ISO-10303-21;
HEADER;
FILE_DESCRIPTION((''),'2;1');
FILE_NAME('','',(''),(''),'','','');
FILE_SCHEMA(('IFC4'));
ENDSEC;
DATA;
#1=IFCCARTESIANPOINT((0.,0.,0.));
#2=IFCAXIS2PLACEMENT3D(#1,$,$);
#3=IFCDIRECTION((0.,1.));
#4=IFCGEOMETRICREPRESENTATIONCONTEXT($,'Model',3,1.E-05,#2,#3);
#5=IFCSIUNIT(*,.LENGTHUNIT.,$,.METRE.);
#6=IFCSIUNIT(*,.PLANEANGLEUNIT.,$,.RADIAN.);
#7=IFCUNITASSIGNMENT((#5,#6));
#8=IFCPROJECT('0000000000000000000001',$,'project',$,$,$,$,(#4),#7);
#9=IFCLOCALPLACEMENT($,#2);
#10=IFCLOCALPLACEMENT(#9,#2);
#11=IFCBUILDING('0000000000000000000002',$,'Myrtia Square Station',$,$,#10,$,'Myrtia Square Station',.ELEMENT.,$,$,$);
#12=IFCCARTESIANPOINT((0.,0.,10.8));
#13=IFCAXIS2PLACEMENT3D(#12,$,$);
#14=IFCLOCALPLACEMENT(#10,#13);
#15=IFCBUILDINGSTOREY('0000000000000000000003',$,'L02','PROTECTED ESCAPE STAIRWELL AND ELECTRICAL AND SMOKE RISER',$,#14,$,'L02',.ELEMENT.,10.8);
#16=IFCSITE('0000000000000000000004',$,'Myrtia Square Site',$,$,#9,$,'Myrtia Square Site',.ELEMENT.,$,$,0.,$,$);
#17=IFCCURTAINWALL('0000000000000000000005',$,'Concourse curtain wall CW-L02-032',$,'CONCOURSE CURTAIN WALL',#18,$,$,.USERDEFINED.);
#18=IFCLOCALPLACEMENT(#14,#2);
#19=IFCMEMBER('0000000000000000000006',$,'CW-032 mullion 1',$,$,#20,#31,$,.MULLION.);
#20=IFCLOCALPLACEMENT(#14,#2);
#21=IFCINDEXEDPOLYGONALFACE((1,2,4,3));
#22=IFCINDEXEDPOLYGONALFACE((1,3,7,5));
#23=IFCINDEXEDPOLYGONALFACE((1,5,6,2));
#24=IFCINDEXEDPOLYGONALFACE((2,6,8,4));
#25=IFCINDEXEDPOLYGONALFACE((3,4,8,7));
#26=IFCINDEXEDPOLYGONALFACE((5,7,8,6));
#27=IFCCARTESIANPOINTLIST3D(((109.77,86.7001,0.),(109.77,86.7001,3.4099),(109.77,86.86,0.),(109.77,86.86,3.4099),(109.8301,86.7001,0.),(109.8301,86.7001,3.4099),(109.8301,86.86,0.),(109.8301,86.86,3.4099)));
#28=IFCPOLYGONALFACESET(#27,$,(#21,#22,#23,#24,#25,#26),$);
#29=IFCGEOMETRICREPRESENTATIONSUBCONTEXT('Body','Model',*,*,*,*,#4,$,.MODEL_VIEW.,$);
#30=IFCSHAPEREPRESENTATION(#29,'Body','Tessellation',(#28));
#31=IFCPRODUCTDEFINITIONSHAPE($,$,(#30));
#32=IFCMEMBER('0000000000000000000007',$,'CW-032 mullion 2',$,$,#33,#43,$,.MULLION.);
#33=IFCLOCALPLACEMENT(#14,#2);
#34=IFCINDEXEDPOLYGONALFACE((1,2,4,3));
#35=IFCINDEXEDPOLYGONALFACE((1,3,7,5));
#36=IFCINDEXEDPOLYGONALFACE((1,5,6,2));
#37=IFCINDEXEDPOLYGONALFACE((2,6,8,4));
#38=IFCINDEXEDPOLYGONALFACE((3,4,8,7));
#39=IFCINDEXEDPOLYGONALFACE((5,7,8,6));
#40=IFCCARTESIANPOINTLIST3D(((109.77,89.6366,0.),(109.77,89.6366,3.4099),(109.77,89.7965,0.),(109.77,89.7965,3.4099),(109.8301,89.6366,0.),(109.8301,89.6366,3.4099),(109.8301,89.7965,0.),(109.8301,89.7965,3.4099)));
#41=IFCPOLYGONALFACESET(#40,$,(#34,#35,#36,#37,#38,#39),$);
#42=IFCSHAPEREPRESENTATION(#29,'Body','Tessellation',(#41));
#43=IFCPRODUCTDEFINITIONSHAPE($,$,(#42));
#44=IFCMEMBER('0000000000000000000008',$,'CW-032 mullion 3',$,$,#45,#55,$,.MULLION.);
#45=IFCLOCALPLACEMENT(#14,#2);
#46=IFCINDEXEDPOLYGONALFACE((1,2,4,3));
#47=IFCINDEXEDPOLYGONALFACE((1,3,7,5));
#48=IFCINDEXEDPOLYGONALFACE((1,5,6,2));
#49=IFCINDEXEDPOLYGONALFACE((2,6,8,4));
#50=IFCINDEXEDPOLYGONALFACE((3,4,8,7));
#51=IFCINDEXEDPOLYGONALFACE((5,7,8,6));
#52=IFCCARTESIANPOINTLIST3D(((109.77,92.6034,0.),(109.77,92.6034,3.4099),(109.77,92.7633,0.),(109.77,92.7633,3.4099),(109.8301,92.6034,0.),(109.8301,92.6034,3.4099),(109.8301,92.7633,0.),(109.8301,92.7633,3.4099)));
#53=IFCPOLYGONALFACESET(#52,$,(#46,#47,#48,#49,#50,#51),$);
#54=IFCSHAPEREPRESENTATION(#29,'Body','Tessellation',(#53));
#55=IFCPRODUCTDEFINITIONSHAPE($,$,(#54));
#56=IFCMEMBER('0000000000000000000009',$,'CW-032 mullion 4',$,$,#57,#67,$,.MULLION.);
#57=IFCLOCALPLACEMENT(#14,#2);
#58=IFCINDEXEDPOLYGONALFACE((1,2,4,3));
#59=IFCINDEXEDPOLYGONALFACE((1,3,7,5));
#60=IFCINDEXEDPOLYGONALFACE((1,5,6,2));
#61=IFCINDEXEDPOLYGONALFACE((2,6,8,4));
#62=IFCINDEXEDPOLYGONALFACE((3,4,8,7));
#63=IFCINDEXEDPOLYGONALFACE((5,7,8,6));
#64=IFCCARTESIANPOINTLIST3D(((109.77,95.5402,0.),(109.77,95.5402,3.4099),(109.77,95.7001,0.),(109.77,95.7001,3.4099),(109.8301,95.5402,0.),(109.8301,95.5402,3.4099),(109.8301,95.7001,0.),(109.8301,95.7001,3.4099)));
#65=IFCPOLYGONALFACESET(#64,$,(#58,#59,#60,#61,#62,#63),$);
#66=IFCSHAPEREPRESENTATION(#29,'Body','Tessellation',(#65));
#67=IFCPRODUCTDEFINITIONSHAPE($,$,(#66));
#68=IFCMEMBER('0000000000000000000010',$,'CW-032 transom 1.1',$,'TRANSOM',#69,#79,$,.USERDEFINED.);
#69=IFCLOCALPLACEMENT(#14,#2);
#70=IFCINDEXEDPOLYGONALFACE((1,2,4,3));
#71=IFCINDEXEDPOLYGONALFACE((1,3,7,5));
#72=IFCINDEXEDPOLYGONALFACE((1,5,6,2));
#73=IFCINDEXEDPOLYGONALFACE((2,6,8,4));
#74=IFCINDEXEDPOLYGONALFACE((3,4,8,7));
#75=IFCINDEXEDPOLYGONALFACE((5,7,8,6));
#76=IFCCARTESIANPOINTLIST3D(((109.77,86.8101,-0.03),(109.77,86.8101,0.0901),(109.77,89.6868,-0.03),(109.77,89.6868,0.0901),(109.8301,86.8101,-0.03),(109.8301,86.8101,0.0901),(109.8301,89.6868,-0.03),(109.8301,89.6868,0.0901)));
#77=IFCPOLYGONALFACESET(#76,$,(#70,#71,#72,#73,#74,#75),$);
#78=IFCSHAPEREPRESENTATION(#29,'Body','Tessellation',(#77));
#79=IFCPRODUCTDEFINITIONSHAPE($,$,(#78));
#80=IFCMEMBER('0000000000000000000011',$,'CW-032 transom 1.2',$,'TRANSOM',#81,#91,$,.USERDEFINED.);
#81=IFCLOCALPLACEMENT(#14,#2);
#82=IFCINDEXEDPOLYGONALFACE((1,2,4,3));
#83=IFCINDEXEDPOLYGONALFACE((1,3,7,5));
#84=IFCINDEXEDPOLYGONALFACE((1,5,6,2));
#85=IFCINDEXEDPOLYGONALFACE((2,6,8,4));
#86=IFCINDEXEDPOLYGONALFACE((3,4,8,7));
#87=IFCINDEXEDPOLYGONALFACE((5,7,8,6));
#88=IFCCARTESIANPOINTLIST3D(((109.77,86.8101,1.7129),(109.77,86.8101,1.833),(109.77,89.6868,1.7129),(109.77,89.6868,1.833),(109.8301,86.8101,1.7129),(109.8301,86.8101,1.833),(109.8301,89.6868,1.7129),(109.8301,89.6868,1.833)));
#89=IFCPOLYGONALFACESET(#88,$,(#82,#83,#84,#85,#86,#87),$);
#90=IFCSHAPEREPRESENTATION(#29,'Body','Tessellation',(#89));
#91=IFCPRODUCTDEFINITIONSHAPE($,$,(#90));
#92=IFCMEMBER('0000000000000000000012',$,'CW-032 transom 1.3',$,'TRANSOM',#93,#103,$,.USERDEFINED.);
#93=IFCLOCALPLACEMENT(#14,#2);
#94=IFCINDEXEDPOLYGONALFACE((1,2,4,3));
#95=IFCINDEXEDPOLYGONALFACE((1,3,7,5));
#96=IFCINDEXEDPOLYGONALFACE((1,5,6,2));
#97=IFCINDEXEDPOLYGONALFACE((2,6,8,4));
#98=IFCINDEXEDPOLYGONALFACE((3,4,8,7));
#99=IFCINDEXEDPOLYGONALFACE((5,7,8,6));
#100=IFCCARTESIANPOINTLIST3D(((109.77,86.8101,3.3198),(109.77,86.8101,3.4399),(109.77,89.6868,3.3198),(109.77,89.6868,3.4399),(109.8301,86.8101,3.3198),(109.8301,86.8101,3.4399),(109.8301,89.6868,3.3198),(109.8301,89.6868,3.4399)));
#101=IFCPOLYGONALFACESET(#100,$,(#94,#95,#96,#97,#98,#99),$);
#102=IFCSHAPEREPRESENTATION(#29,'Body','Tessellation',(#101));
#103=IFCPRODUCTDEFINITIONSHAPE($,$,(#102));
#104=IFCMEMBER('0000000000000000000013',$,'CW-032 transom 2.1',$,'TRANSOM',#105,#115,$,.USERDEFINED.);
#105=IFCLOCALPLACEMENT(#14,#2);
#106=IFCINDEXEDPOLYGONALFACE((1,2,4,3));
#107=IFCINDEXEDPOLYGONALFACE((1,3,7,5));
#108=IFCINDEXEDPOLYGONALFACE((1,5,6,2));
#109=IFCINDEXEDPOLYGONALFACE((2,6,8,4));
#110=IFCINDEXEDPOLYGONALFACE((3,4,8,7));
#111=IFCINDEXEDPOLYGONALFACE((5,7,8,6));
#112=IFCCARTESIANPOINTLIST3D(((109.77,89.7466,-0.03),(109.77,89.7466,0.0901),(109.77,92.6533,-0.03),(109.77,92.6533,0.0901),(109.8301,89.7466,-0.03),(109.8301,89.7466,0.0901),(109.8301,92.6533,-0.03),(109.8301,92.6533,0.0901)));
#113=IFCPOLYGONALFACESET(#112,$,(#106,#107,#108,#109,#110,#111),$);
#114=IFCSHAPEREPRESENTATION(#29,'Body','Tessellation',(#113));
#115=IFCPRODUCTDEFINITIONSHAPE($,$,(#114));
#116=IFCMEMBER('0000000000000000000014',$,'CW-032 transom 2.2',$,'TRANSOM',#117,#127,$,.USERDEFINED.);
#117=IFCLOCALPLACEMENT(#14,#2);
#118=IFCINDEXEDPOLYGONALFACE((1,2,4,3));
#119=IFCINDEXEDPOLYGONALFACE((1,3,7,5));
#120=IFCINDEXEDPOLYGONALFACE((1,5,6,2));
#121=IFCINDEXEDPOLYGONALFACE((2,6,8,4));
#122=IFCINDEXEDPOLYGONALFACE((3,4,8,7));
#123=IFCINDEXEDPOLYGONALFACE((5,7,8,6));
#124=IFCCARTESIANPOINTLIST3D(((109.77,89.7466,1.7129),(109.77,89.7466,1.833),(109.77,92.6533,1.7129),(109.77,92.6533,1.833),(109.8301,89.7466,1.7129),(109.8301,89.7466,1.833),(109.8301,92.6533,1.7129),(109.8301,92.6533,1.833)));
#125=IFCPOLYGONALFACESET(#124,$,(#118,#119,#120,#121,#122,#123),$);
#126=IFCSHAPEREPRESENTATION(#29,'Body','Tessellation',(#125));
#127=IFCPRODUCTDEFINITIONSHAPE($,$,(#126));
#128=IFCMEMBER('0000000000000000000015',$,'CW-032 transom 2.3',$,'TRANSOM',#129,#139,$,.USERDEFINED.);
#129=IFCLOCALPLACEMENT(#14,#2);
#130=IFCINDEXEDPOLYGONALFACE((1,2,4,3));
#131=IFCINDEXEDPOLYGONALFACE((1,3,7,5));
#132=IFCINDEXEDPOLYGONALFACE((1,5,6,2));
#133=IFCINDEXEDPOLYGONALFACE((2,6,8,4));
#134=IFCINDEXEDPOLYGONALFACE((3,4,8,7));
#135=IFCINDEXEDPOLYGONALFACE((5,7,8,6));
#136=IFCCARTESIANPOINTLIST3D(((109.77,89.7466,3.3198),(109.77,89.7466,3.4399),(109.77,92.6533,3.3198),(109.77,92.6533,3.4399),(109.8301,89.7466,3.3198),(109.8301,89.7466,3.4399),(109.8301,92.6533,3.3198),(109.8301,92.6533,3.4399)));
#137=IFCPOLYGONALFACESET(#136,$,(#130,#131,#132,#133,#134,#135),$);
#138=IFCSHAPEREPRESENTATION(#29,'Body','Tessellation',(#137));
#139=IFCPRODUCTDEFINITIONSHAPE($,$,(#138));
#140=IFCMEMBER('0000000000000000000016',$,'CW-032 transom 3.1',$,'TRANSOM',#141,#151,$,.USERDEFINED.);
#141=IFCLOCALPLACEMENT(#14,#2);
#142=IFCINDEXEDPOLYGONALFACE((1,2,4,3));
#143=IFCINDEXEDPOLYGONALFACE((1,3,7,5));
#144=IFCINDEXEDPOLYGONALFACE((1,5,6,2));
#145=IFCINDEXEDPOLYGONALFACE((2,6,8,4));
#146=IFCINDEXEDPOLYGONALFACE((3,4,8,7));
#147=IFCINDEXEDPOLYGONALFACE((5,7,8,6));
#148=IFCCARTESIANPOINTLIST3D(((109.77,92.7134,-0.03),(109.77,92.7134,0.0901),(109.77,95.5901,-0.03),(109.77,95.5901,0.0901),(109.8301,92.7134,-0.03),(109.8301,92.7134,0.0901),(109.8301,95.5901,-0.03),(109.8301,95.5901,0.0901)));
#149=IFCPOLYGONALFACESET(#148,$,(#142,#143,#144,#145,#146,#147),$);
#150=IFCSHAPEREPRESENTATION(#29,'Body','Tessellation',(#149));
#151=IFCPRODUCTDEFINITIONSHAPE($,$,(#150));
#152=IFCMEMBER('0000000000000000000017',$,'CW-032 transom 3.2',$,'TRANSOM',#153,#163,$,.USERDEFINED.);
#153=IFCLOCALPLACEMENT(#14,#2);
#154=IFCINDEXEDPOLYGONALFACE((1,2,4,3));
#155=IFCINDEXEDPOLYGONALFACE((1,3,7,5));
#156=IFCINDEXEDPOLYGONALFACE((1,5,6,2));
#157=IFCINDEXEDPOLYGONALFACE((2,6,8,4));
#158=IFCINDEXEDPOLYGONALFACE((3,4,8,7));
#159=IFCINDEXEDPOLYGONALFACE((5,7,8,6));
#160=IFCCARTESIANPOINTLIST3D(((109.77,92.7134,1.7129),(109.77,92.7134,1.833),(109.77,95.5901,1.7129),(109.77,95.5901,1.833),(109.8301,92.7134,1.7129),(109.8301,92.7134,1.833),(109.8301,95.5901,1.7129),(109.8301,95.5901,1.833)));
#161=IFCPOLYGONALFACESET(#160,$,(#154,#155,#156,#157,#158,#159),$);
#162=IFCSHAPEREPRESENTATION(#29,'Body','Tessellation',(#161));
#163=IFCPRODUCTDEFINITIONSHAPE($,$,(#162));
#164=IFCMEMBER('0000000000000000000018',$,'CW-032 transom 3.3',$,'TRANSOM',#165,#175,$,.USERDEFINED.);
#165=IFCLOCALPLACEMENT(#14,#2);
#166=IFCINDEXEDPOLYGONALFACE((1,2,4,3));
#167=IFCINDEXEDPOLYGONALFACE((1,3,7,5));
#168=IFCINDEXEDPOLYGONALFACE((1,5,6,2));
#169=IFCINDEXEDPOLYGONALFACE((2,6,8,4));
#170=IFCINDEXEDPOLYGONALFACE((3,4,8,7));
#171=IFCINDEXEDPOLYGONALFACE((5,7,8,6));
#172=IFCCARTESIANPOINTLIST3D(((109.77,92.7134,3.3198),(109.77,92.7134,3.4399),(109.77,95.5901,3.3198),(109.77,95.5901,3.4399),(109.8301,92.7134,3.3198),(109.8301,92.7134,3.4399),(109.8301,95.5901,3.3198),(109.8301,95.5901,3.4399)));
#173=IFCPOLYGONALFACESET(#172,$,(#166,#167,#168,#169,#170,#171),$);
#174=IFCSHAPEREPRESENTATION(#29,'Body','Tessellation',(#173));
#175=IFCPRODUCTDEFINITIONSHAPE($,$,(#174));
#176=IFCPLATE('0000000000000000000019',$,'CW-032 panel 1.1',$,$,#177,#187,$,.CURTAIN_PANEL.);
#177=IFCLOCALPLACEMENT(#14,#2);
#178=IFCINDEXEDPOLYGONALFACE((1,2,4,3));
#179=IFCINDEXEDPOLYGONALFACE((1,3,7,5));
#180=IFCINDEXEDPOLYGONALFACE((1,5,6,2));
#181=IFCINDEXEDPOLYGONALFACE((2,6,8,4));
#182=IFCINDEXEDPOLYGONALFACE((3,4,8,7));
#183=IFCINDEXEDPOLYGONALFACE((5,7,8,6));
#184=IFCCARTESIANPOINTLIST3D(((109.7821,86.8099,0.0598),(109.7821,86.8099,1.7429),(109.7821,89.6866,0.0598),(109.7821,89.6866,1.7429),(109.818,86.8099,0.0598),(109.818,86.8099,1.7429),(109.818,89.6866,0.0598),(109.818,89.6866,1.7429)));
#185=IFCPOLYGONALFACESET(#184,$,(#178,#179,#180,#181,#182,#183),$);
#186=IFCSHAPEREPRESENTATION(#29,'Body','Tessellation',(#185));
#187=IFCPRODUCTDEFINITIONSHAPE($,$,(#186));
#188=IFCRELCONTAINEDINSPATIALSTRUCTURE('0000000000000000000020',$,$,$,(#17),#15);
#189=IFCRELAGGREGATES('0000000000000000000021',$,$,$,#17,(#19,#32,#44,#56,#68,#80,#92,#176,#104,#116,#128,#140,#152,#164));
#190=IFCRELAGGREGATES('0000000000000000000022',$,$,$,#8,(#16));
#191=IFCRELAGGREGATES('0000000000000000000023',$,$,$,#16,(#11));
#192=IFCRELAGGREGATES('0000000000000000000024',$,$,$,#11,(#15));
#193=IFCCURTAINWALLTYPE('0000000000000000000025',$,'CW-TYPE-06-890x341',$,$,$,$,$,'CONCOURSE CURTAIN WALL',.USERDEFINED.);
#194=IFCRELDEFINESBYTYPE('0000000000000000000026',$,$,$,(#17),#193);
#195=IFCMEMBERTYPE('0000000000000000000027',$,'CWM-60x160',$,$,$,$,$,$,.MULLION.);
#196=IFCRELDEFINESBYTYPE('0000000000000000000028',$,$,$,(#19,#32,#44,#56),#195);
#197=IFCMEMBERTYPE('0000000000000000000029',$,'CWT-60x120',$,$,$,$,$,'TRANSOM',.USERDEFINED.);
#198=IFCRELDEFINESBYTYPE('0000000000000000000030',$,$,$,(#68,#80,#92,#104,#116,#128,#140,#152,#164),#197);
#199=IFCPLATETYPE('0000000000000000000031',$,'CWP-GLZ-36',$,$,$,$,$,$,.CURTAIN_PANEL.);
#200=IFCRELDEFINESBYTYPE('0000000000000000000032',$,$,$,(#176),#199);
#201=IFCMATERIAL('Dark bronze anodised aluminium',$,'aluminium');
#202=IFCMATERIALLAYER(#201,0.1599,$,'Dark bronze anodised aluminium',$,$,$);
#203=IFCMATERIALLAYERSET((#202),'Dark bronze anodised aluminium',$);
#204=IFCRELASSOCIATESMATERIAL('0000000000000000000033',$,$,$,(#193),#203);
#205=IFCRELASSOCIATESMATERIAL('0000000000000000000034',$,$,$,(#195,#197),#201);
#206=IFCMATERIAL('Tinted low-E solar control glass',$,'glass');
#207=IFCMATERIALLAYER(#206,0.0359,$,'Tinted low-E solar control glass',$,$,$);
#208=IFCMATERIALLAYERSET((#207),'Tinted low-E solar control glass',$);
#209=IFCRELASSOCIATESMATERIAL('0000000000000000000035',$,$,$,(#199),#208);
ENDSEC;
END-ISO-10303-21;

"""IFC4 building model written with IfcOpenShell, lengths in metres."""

from ifc_helpers import new_model, si_unit, direction, frame, origin, origin_2d, place, context, subcontext, project, spatial, rectangle, extrude, material, layer, layer_set, material_profile, profile_set, type_object, element, aggregate, save


model = new_model("IFC4")

# Units and contexts
model_context = context("Model", 3, precision=1e-05, world=origin(), true_north=direction((0.0, 1.0)))
body_context = subcontext(model_context, "Body", "Model", "MODEL_VIEW")
ifc_project = project(units=[si_unit("LENGTHUNIT", "METRE"), si_unit("PLANEANGLEUNIT", "RADIAN")], contexts=[model_context])

# Site, building, storey
site_placement = place(None, origin())
site = spatial("IfcSite", under=ifc_project, at=site_placement, Name="Myrtia Square Site", LongName="Myrtia Square Site", CompositionType="ELEMENT", RefElevation=0.0)
building_placement = place(site_placement, origin())
building = spatial("IfcBuilding", under=site, at=building_placement, Name="Myrtia Square Station", LongName="Myrtia Square Station", CompositionType="ELEMENT")
storey_placement = place(building_placement, frame((0.0, 0.0, 10.8)))
storey = spatial("IfcBuildingStorey", under=building, at=storey_placement, Name="L02", Description="PROTECTED ESCAPE STAIRWELL AND ELECTRICAL AND SMOKE RISER", LongName="L02", CompositionType="ELEMENT", Elevation=10.8)

# Curtain wall, members, plate
ifc_material_1 = material(Name="Dark bronze anodised aluminium", Category="aluminium")
ifc_layer_1 = layer(ifc_material_1, 0.1599, Name="Dark bronze anodised aluminium")
ifc_layer_set_1 = layer_set([ifc_layer_1], Name="Dark bronze anodised aluminium")
curtain_wall_type = type_object("IfcCurtainWallType", Name="CW-TYPE-06-890x341", ElementType="CONCOURSE CURTAIN WALL", PredefinedType="USERDEFINED", material=ifc_layer_set_1)
curtain_wall_placement = place(storey_placement, origin())
curtain_wall = element("IfcCurtainWall", 1, at=curtain_wall_placement, inside=storey, type_object=curtain_wall_type, Name="Concourse curtain wall CW-L02-032", ObjectType="CONCOURSE CURTAIN WALL", PredefinedType="USERDEFINED")
ifc_material_profile_1 = material_profile(ifc_material_1, rectangle(XDim=0.0601, YDim=0.1599, at=origin_2d()), Name="ALU-M 60x160")
ifc_profile_set_1 = profile_set([ifc_material_profile_1], Name="Dark bronze anodised aluminium")
member_type_1 = type_object("IfcMemberType", Name="CWM-60x160", PredefinedType="MULLION", material=ifc_profile_set_1)
member_1_placement = place(storey_placement, frame((109.8, 86.78, 0.0), z_axis=(0.0, 0.0, 1.0), x_axis=(-1.0, 0.0, 0.0)))
member_1 = element("IfcMember", 2, at=member_1_placement, type_object=member_type_1, Name="CW-032 mullion 1", PredefinedType="MULLION", context=body_context, shape_type="SweptSolid", body=[
    extrude(rectangle(XDim=0.0601, YDim=0.1599, at=origin_2d()), origin(), (0.0, 0.0, 1.0), 3.4099),
])
member_2_placement = place(storey_placement, frame((109.8, 89.7166, 0.0), z_axis=(0.0, 0.0, 1.0), x_axis=(-1.0, 0.0, 0.0)))
member_2 = element("IfcMember", 3, at=member_2_placement, type_object=member_type_1, Name="CW-032 mullion 2", PredefinedType="MULLION", context=body_context, shape_type="SweptSolid", body=[
    extrude(rectangle(XDim=0.0601, YDim=0.1599, at=origin_2d()), origin(), (0.0, 0.0, 1.0), 3.4099),
])
member_3_placement = place(storey_placement, frame((109.8, 92.6833, 0.0), z_axis=(0.0, 0.0, 1.0), x_axis=(-1.0, 0.0, 0.0)))
member_3 = element("IfcMember", 4, at=member_3_placement, type_object=member_type_1, Name="CW-032 mullion 3", PredefinedType="MULLION", context=body_context, shape_type="SweptSolid", body=[
    extrude(rectangle(XDim=0.0601, YDim=0.1599, at=origin_2d()), origin(), (0.0, 0.0, 1.0), 3.4099),
])
member_4_placement = place(storey_placement, frame((109.8, 95.6201, 0.0), z_axis=(0.0, 0.0, 1.0), x_axis=(-1.0, 0.0, 0.0)))
member_4 = element("IfcMember", 5, at=member_4_placement, type_object=member_type_1, Name="CW-032 mullion 4", PredefinedType="MULLION", context=body_context, shape_type="SweptSolid", body=[
    extrude(rectangle(XDim=0.0601, YDim=0.1599, at=origin_2d()), origin(), (0.0, 0.0, 1.0), 3.4099),
])
ifc_material_profile_2 = material_profile(ifc_material_1, rectangle(XDim=0.0601, YDim=0.1201, at=origin_2d()), Name="ALU-T 60x120")
ifc_profile_set_2 = profile_set([ifc_material_profile_2], Name="Dark bronze anodised aluminium")
member_type_2 = type_object("IfcMemberType", Name="CWT-60x120", ElementType="TRANSOM", PredefinedType="USERDEFINED", material=ifc_profile_set_2)
member_5_placement = place(storey_placement, frame((109.8, 86.8101, 0.03), z_axis=(0.0, 1.0, 0.0), x_axis=(-1.0, 0.0, 0.0)))
member_5 = element("IfcMember", 6, at=member_5_placement, type_object=member_type_2, Name="CW-032 transom 1.1", ObjectType="TRANSOM", PredefinedType="USERDEFINED", context=body_context, shape_type="SweptSolid", body=[
    extrude(rectangle(XDim=0.0601, YDim=0.1201, at=origin_2d()), origin(), (0.0, 0.0, 1.0), 2.8767),
])
member_6_placement = place(storey_placement, frame((109.8, 86.8101, 1.7729), z_axis=(0.0, 1.0, 0.0), x_axis=(-1.0, 0.0, 0.0)))
member_6 = element("IfcMember", 7, at=member_6_placement, type_object=member_type_2, Name="CW-032 transom 1.2", ObjectType="TRANSOM", PredefinedType="USERDEFINED", context=body_context, shape_type="SweptSolid", body=[
    extrude(rectangle(XDim=0.0601, YDim=0.1201, at=origin_2d()), origin(), (0.0, 0.0, 1.0), 2.8767),
])
member_7_placement = place(storey_placement, frame((109.8, 86.8101, 3.3799), z_axis=(0.0, 1.0, 0.0), x_axis=(-1.0, 0.0, 0.0)))
member_7 = element("IfcMember", 8, at=member_7_placement, type_object=member_type_2, Name="CW-032 transom 1.3", ObjectType="TRANSOM", PredefinedType="USERDEFINED", context=body_context, shape_type="SweptSolid", body=[
    extrude(rectangle(XDim=0.0601, YDim=0.1201, at=origin_2d()), origin(), (0.0, 0.0, 1.0), 2.8767),
])
member_8_placement = place(storey_placement, frame((109.8, 89.7466, 0.03), z_axis=(0.0, 1.0, 0.0), x_axis=(-1.0, 0.0, 0.0)))
member_8 = element("IfcMember", 9, at=member_8_placement, type_object=member_type_2, Name="CW-032 transom 2.1", ObjectType="TRANSOM", PredefinedType="USERDEFINED", context=body_context, shape_type="SweptSolid", body=[
    extrude(rectangle(XDim=0.0601, YDim=0.1201, at=origin_2d()), origin(), (0.0, 0.0, 1.0), 2.9067),
])
member_9_placement = place(storey_placement, frame((109.8, 89.7466, 1.7729), z_axis=(0.0, 1.0, 0.0), x_axis=(-1.0, 0.0, 0.0)))
member_9 = element("IfcMember", 10, at=member_9_placement, type_object=member_type_2, Name="CW-032 transom 2.2", ObjectType="TRANSOM", PredefinedType="USERDEFINED", context=body_context, shape_type="SweptSolid", body=[
    extrude(rectangle(XDim=0.0601, YDim=0.1201, at=origin_2d()), origin(), (0.0, 0.0, 1.0), 2.9067),
])
member_10_placement = place(storey_placement, frame((109.8, 89.7466, 3.3799), z_axis=(0.0, 1.0, 0.0), x_axis=(-1.0, 0.0, 0.0)))
member_10 = element("IfcMember", 11, at=member_10_placement, type_object=member_type_2, Name="CW-032 transom 2.3", ObjectType="TRANSOM", PredefinedType="USERDEFINED", context=body_context, shape_type="SweptSolid", body=[
    extrude(rectangle(XDim=0.0601, YDim=0.1201, at=origin_2d()), origin(), (0.0, 0.0, 1.0), 2.9067),
])
member_11_placement = place(storey_placement, frame((109.8, 92.7134, 0.03), z_axis=(0.0, 1.0, 0.0), x_axis=(-1.0, 0.0, 0.0)))
member_11 = element("IfcMember", 12, at=member_11_placement, type_object=member_type_2, Name="CW-032 transom 3.1", ObjectType="TRANSOM", PredefinedType="USERDEFINED", context=body_context, shape_type="SweptSolid", body=[
    extrude(rectangle(XDim=0.0601, YDim=0.1201, at=origin_2d()), origin(), (0.0, 0.0, 1.0), 2.8767),
])
member_12_placement = place(storey_placement, frame((109.8, 92.7134, 1.7729), z_axis=(0.0, 1.0, 0.0), x_axis=(-1.0, 0.0, 0.0)))
member_12 = element("IfcMember", 13, at=member_12_placement, type_object=member_type_2, Name="CW-032 transom 3.2", ObjectType="TRANSOM", PredefinedType="USERDEFINED", context=body_context, shape_type="SweptSolid", body=[
    extrude(rectangle(XDim=0.0601, YDim=0.1201, at=origin_2d()), origin(), (0.0, 0.0, 1.0), 2.8767),
])
member_13_placement = place(storey_placement, frame((109.8, 92.7134, 3.3799), z_axis=(0.0, 1.0, 0.0), x_axis=(-1.0, 0.0, 0.0)))
member_13 = element("IfcMember", 14, at=member_13_placement, type_object=member_type_2, Name="CW-032 transom 3.3", ObjectType="TRANSOM", PredefinedType="USERDEFINED", context=body_context, shape_type="SweptSolid", body=[
    extrude(rectangle(XDim=0.0601, YDim=0.1201, at=origin_2d()), origin(), (0.0, 0.0, 1.0), 2.8767),
])
ifc_material_2 = material(Name="Tinted low-E solar control glass", Category="glass")
ifc_layer_2 = layer(ifc_material_2, 0.0359, Name="Tinted low-E solar control glass")
ifc_layer_set_2 = layer_set([ifc_layer_2], Name="Tinted low-E solar control glass")
plate_type = type_object("IfcPlateType", Name="CWP-GLZ-36", PredefinedType="CURTAIN_PANEL", material=ifc_layer_set_2)
plate_1_placement = place(storey_placement, frame((109.8, 88.2483, 0.0598), z_axis=(0.0, 0.0, 1.0), x_axis=(0.0, 1.0, 0.0)))
plate_1 = element("IfcPlate", 15, at=plate_1_placement, type_object=plate_type, Name="CW-032 panel 1.1", PredefinedType="CURTAIN_PANEL", context=body_context, shape_type="SweptSolid", body=[
    extrude(rectangle(XDim=2.8767, YDim=0.0359, at=origin_2d()), origin(), (0.0, 0.0, 1.0), 1.6831),
])
aggregate(curtain_wall, [member_1, member_2, member_3, member_4, member_5, member_6, member_7, plate_1, member_8, member_9, member_10, member_11, member_12, member_13])

save(model, "model.ifc")
